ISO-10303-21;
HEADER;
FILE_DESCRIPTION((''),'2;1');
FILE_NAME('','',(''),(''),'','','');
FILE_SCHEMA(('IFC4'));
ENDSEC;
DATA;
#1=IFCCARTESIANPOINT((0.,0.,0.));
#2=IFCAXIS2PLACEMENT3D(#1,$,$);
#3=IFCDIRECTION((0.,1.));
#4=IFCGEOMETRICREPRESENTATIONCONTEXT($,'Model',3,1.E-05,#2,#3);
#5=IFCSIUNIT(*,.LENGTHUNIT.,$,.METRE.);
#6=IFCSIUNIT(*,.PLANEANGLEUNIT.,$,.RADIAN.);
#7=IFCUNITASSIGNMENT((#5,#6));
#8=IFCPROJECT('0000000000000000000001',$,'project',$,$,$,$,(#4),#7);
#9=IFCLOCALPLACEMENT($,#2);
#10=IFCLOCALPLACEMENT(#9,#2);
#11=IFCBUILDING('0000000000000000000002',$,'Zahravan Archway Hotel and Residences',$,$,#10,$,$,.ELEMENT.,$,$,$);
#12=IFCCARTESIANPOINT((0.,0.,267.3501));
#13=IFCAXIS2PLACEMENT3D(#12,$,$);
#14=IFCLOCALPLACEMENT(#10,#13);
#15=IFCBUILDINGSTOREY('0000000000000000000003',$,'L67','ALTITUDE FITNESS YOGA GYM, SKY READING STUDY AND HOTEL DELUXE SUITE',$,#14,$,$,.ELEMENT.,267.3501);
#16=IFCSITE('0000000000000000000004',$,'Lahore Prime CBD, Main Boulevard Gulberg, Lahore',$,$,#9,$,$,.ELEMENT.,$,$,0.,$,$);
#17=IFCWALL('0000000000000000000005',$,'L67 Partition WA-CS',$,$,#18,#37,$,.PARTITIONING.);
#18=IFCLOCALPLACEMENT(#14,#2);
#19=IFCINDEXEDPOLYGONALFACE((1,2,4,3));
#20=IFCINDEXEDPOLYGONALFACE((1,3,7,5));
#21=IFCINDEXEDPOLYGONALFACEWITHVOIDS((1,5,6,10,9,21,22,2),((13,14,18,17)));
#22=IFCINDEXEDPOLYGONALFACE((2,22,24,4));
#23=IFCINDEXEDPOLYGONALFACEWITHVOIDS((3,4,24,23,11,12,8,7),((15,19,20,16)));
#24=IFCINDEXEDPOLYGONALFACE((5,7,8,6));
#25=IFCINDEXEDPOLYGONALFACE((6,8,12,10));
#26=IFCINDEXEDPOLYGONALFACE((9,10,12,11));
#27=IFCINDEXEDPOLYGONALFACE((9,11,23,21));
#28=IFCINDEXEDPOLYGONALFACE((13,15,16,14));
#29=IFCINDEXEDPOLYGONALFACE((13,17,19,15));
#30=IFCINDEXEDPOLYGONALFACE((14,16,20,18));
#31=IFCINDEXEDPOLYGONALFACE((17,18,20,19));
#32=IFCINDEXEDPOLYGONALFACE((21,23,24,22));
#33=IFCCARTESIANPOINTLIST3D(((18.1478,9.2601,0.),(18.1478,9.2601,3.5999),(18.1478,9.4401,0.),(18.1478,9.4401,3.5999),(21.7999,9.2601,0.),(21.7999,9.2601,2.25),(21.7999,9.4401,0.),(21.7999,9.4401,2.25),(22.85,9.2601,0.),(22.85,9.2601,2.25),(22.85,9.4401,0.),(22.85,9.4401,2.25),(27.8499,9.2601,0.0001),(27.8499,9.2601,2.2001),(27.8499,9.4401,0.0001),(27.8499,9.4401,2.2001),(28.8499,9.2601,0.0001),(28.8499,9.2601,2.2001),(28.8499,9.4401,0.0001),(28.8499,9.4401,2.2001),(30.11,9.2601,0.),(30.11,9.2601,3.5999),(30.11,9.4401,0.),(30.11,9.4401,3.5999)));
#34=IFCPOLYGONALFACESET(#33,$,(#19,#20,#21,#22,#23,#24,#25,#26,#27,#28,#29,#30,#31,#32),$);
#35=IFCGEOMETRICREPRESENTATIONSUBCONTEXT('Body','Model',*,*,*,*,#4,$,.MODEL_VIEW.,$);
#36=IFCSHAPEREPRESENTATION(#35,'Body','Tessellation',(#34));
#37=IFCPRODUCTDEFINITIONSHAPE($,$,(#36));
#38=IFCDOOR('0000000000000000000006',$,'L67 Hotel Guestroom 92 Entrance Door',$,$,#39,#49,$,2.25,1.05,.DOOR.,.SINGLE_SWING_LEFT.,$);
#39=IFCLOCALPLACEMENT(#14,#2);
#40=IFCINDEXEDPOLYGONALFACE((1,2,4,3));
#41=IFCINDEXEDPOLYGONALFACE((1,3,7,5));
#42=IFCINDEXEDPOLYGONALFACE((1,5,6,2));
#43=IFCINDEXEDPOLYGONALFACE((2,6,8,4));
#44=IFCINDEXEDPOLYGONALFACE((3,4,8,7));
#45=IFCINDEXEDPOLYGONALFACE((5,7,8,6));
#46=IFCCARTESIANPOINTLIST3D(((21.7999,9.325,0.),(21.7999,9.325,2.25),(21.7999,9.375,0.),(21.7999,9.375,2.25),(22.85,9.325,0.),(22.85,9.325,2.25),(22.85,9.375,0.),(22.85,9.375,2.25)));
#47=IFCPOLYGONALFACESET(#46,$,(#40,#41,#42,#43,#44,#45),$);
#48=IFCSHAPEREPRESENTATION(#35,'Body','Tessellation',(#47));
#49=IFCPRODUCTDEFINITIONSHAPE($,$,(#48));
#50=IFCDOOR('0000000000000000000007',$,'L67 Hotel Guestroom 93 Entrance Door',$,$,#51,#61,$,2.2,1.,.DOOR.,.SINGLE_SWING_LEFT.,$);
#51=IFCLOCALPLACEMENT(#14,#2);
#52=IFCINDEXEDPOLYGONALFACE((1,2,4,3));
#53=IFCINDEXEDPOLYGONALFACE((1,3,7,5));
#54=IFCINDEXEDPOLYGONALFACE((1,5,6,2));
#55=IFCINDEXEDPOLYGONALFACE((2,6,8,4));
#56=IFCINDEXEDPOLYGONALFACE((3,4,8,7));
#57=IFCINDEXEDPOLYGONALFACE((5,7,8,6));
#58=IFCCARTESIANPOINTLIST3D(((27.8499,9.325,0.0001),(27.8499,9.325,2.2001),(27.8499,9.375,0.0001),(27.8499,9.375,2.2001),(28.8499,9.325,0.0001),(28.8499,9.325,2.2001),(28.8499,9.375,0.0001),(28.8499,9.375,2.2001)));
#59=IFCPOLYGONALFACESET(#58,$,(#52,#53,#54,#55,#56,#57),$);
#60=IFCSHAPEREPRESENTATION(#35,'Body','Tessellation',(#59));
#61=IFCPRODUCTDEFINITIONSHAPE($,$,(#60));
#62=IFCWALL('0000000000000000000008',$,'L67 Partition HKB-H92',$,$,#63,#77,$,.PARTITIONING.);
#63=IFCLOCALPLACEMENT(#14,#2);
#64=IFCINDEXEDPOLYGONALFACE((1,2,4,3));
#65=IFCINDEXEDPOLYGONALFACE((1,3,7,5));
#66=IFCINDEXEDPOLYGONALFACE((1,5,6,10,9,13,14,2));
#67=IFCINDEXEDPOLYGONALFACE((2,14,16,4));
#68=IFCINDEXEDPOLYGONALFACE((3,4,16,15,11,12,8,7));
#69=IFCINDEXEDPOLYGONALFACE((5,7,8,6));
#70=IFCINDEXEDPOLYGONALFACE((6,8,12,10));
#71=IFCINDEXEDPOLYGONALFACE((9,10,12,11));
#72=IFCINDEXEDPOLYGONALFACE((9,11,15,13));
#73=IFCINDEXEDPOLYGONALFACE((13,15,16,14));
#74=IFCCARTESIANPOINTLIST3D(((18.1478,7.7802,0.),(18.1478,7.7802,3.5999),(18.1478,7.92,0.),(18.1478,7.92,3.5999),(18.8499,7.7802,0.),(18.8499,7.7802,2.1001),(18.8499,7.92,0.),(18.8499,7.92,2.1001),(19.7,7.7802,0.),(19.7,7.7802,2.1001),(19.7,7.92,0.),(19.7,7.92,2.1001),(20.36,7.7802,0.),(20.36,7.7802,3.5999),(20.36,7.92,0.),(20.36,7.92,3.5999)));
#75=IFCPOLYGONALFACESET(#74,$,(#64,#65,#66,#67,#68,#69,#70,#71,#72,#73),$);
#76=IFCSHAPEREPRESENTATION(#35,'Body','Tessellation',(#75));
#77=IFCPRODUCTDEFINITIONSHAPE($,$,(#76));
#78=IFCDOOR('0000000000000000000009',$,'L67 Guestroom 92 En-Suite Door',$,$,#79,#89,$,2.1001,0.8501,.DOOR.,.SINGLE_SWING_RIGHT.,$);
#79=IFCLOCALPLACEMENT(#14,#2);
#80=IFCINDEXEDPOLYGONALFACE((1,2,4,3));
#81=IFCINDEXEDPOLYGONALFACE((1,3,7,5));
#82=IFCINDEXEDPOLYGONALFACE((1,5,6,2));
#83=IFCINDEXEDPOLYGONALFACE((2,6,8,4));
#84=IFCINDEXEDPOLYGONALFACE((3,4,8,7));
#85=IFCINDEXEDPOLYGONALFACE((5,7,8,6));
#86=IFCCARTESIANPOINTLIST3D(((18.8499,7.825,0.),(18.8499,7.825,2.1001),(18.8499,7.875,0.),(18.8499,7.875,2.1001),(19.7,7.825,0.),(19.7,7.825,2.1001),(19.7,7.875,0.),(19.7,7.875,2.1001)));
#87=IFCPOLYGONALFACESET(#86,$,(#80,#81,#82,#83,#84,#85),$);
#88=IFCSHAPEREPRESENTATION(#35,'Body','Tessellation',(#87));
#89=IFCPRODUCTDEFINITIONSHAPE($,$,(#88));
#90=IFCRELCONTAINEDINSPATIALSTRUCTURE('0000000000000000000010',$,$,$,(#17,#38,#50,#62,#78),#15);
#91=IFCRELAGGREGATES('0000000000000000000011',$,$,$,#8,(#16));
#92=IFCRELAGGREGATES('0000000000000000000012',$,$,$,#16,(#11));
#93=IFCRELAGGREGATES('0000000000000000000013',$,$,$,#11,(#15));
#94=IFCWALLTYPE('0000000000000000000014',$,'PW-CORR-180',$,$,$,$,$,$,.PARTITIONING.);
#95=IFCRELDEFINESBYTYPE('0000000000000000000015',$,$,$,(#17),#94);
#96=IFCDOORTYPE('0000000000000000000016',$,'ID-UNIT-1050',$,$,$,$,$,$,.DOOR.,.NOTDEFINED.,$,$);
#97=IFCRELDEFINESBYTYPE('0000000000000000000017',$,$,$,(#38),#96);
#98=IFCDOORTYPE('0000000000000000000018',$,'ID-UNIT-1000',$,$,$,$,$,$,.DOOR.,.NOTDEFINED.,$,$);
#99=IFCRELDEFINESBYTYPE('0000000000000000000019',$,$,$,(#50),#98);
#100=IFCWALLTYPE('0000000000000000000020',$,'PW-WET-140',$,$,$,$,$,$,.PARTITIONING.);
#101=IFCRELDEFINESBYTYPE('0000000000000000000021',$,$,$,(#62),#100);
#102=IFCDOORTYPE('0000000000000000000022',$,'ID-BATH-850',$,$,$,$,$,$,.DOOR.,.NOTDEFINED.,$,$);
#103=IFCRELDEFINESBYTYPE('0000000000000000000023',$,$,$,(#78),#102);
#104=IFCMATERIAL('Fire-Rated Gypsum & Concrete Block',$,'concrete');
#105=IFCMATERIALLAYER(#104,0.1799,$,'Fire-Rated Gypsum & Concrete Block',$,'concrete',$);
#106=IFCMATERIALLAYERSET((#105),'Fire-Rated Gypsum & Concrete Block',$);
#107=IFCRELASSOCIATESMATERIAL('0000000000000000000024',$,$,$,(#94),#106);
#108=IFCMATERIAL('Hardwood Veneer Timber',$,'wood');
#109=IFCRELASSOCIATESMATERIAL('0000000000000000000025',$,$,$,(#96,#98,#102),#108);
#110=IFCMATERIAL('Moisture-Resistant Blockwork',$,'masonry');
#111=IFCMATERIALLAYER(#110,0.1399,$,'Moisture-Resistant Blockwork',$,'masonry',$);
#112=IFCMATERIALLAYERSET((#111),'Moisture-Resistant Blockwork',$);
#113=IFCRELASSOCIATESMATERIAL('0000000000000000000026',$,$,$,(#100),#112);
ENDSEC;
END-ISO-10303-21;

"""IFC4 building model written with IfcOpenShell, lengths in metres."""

from ifc_helpers import new_model, si_unit, direction, frame, frame_2d, origin, place, context, subcontext, project, spatial, rectangle, extrude, source, transform, mapped, material, layer, layer_set, type_object, type_shapes, element, fill, save


model = new_model("IFC4")

# Units and contexts
model_context = context("Model", 3, precision=1e-05, world=origin(), true_north=direction((0.0, 1.0)))
body_context = subcontext(model_context, "Body", "Model", "MODEL_VIEW")
ifc_project = project(units=[si_unit("LENGTHUNIT", "METRE"), si_unit("PLANEANGLEUNIT", "RADIAN")], contexts=[model_context])

# Site, building, storey
site_placement = place(None, origin())
site = spatial("IfcSite", under=ifc_project, at=site_placement, Name="Lahore Prime CBD, Main Boulevard Gulberg, Lahore", CompositionType="ELEMENT", RefElevation=0.0)
building_placement = place(site_placement, origin())
building = spatial("IfcBuilding", under=site, at=building_placement, Name="Zahravan Archway Hotel and Residences", CompositionType="ELEMENT")
storey_placement = place(building_placement, frame((0.0, 0.0, 267.3501)))
storey = spatial("IfcBuildingStorey", under=building, at=storey_placement, Name="L67", Description="ALTITUDE FITNESS YOGA GYM, SKY READING STUDY AND HOTEL DELUXE SUITE", CompositionType="ELEMENT", Elevation=267.3501)

# Wall, openings, doors
ifc_material_1 = material(Name="Fire-Rated Gypsum & Concrete Block", Category="concrete")
ifc_layer_1 = layer(ifc_material_1, 0.1799, Name="Fire-Rated Gypsum & Concrete Block", Category="concrete")
ifc_layer_set_1 = layer_set([ifc_layer_1], Name="Fire-Rated Gypsum & Concrete Block")
wall_type_1 = type_object("IfcWallType", Name="PW-CORR-180", PredefinedType="PARTITIONING", material=ifc_layer_set_1)
wall_1_placement = place(storey_placement, frame((18.1479, 9.3501, 0.0), z_axis=(0.0, 0.0, 1.0), x_axis=(1.0, 0.0, 0.0)))
wall_1 = element("IfcWall", 1, at=wall_1_placement, inside=storey, type_object=wall_type_1, Name="L67 Partition WA-CS", PredefinedType="PARTITIONING", context=body_context, shape_type="SweptSolid", body=[
    extrude(rectangle(XDim=11.9622, YDim=0.1799, at=frame_2d((5.981, 0.0))), origin(), (0.0, 0.0, 1.0), 3.5999),
])
opening_1_placement = place(wall_1_placement, frame((3.6521, 0.0, 0.0)))
opening_1 = element("IfcOpeningElement", 2, at=opening_1_placement, cuts=wall_1, PredefinedType="OPENING", context=body_context, shape_type="SweptSolid", body=[
    extrude(rectangle(XDim=1.05, YDim=2.25, at=frame_2d((0.5249, 1.125))), frame((0.0, 0.1001, 0.0), z_axis=(0.0, -1.0, 0.0), x_axis=(1.0, 0.0, 0.0)), (0.0, 0.0, 1.0), 0.2),
])
opening_2_placement = place(wall_1_placement, frame((9.7019, 0.0, 0.0)))
opening_2 = element("IfcOpeningElement", 3, at=opening_2_placement, cuts=wall_1, PredefinedType="OPENING", context=body_context, shape_type="SweptSolid", body=[
    extrude(rectangle(XDim=1.0, YDim=2.2, at=frame_2d((0.5, 1.1001))), frame((0.0, 0.1001, 0.0), z_axis=(0.0, -1.0, 0.0), x_axis=(1.0, 0.0, 0.0)), (0.0, 0.0, 1.0), 0.2),
])
ifc_material_2 = material(Name="Hardwood Veneer Timber", Category="wood")
door_type_1 = type_object("IfcDoorType", Name="ID-UNIT-1050", OperationType="NOTDEFINED", PredefinedType="DOOR", material=ifc_material_2)
shared_shape_1 = source(origin(), body_context, "Body", "SweptSolid", [
    extrude(rectangle(XDim=1.05, YDim=2.25, at=frame_2d((0.5249, 1.125))), frame((0.0, 0.0249, 0.0), z_axis=(0.0, -1.0, 0.0), x_axis=(1.0, 0.0, 0.0)), (0.0, 0.0, 1.0), 0.05),
])
type_shapes(door_type_1, [shared_shape_1])
door_1_placement = place(opening_1_placement, origin())
door_1 = element("IfcDoor", 4, at=door_1_placement, inside=storey, type_object=door_type_1, Name="L67 Hotel Guestroom 92 Entrance Door", OperationType="SINGLE_SWING_LEFT", OverallHeight=2.25, OverallWidth=1.05, PredefinedType="DOOR", context=body_context, shape_type="MappedRepresentation", body=[
    mapped(shared_shape_1, transform((0.0, 0.0, 0.0), scale=1.0)),
])
fill(opening_1, door_1)
door_type_2 = type_object("IfcDoorType", Name="ID-UNIT-1000", OperationType="NOTDEFINED", PredefinedType="DOOR", material=ifc_material_2)
shared_shape_2 = source(origin(), body_context, "Body", "SweptSolid", [
    extrude(rectangle(XDim=1.0, YDim=2.2, at=frame_2d((0.5, 1.1001))), frame((0.0, 0.0249, 0.0), z_axis=(0.0, -1.0, 0.0), x_axis=(1.0, 0.0, 0.0)), (0.0, 0.0, 1.0), 0.05),
])
type_shapes(door_type_2, [shared_shape_2])
door_2_placement = place(opening_2_placement, origin())
door_2 = element("IfcDoor", 5, at=door_2_placement, inside=storey, type_object=door_type_2, Name="L67 Hotel Guestroom 93 Entrance Door", OperationType="SINGLE_SWING_LEFT", OverallHeight=2.2, OverallWidth=1.0, PredefinedType="DOOR", context=body_context, shape_type="MappedRepresentation", body=[
    mapped(shared_shape_2, transform((0.0, 0.0, 0.0), scale=1.0)),
])
fill(opening_2, door_2)

# Shared definitions
ifc_material_3 = material(Name="Moisture-Resistant Blockwork", Category="masonry")
ifc_layer_2 = layer(ifc_material_3, 0.1399, Name="Moisture-Resistant Blockwork", Category="masonry")
ifc_layer_set_2 = layer_set([ifc_layer_2], Name="Moisture-Resistant Blockwork")
wall_type_2 = type_object("IfcWallType", Name="PW-WET-140", PredefinedType="PARTITIONING", material=ifc_layer_set_2)

# Wall, opening, door
wall_2_placement = place(storey_placement, frame((18.1479, 7.8501, 0.0), z_axis=(0.0, 0.0, 1.0), x_axis=(1.0, 0.0, 0.0)))
wall_2 = element("IfcWall", 6, at=wall_2_placement, inside=storey, type_object=wall_type_2, Name="L67 Partition HKB-H92", PredefinedType="PARTITIONING", context=body_context, shape_type="SweptSolid", body=[
    extrude(rectangle(XDim=2.2122, YDim=0.1399, at=frame_2d((1.106, 0.0))), origin(), (0.0, 0.0, 1.0), 3.5999),
])
opening_3_placement = place(wall_2_placement, frame((0.7019, 0.0, 0.0)))
opening_3 = element("IfcOpeningElement", 7, at=opening_3_placement, cuts=wall_2, PredefinedType="OPENING", context=body_context, shape_type="SweptSolid", body=[
    extrude(rectangle(XDim=0.8501, YDim=2.1001, at=frame_2d((0.425, 1.05))), frame((0.0, 0.0801, 0.0), z_axis=(0.0, -1.0, 0.0), x_axis=(1.0, 0.0, 0.0)), (0.0, 0.0, 1.0), 0.1599),
])
door_type_3 = type_object("IfcDoorType", Name="ID-BATH-850", OperationType="NOTDEFINED", PredefinedType="DOOR", material=ifc_material_2)
shared_shape_3 = source(origin(), body_context, "Body", "SweptSolid", [
    extrude(rectangle(XDim=0.8501, YDim=2.1001, at=frame_2d((0.425, 1.05))), frame((0.0, 0.0249, 0.0), z_axis=(0.0, -1.0, 0.0), x_axis=(1.0, 0.0, 0.0)), (0.0, 0.0, 1.0), 0.05),
])
type_shapes(door_type_3, [shared_shape_3])
door_3_placement = place(opening_3_placement, origin())
door_3 = element("IfcDoor", 8, at=door_3_placement, inside=storey, type_object=door_type_3, Name="L67 Guestroom 92 En-Suite Door", OperationType="SINGLE_SWING_RIGHT", OverallHeight=2.1001, OverallWidth=0.8501, PredefinedType="DOOR", context=body_context, shape_type="MappedRepresentation", body=[
    mapped(shared_shape_3, transform((0.0, 0.0, 0.0), scale=1.0)),
])
fill(opening_3, door_3)

save(model, "model.ifc")
